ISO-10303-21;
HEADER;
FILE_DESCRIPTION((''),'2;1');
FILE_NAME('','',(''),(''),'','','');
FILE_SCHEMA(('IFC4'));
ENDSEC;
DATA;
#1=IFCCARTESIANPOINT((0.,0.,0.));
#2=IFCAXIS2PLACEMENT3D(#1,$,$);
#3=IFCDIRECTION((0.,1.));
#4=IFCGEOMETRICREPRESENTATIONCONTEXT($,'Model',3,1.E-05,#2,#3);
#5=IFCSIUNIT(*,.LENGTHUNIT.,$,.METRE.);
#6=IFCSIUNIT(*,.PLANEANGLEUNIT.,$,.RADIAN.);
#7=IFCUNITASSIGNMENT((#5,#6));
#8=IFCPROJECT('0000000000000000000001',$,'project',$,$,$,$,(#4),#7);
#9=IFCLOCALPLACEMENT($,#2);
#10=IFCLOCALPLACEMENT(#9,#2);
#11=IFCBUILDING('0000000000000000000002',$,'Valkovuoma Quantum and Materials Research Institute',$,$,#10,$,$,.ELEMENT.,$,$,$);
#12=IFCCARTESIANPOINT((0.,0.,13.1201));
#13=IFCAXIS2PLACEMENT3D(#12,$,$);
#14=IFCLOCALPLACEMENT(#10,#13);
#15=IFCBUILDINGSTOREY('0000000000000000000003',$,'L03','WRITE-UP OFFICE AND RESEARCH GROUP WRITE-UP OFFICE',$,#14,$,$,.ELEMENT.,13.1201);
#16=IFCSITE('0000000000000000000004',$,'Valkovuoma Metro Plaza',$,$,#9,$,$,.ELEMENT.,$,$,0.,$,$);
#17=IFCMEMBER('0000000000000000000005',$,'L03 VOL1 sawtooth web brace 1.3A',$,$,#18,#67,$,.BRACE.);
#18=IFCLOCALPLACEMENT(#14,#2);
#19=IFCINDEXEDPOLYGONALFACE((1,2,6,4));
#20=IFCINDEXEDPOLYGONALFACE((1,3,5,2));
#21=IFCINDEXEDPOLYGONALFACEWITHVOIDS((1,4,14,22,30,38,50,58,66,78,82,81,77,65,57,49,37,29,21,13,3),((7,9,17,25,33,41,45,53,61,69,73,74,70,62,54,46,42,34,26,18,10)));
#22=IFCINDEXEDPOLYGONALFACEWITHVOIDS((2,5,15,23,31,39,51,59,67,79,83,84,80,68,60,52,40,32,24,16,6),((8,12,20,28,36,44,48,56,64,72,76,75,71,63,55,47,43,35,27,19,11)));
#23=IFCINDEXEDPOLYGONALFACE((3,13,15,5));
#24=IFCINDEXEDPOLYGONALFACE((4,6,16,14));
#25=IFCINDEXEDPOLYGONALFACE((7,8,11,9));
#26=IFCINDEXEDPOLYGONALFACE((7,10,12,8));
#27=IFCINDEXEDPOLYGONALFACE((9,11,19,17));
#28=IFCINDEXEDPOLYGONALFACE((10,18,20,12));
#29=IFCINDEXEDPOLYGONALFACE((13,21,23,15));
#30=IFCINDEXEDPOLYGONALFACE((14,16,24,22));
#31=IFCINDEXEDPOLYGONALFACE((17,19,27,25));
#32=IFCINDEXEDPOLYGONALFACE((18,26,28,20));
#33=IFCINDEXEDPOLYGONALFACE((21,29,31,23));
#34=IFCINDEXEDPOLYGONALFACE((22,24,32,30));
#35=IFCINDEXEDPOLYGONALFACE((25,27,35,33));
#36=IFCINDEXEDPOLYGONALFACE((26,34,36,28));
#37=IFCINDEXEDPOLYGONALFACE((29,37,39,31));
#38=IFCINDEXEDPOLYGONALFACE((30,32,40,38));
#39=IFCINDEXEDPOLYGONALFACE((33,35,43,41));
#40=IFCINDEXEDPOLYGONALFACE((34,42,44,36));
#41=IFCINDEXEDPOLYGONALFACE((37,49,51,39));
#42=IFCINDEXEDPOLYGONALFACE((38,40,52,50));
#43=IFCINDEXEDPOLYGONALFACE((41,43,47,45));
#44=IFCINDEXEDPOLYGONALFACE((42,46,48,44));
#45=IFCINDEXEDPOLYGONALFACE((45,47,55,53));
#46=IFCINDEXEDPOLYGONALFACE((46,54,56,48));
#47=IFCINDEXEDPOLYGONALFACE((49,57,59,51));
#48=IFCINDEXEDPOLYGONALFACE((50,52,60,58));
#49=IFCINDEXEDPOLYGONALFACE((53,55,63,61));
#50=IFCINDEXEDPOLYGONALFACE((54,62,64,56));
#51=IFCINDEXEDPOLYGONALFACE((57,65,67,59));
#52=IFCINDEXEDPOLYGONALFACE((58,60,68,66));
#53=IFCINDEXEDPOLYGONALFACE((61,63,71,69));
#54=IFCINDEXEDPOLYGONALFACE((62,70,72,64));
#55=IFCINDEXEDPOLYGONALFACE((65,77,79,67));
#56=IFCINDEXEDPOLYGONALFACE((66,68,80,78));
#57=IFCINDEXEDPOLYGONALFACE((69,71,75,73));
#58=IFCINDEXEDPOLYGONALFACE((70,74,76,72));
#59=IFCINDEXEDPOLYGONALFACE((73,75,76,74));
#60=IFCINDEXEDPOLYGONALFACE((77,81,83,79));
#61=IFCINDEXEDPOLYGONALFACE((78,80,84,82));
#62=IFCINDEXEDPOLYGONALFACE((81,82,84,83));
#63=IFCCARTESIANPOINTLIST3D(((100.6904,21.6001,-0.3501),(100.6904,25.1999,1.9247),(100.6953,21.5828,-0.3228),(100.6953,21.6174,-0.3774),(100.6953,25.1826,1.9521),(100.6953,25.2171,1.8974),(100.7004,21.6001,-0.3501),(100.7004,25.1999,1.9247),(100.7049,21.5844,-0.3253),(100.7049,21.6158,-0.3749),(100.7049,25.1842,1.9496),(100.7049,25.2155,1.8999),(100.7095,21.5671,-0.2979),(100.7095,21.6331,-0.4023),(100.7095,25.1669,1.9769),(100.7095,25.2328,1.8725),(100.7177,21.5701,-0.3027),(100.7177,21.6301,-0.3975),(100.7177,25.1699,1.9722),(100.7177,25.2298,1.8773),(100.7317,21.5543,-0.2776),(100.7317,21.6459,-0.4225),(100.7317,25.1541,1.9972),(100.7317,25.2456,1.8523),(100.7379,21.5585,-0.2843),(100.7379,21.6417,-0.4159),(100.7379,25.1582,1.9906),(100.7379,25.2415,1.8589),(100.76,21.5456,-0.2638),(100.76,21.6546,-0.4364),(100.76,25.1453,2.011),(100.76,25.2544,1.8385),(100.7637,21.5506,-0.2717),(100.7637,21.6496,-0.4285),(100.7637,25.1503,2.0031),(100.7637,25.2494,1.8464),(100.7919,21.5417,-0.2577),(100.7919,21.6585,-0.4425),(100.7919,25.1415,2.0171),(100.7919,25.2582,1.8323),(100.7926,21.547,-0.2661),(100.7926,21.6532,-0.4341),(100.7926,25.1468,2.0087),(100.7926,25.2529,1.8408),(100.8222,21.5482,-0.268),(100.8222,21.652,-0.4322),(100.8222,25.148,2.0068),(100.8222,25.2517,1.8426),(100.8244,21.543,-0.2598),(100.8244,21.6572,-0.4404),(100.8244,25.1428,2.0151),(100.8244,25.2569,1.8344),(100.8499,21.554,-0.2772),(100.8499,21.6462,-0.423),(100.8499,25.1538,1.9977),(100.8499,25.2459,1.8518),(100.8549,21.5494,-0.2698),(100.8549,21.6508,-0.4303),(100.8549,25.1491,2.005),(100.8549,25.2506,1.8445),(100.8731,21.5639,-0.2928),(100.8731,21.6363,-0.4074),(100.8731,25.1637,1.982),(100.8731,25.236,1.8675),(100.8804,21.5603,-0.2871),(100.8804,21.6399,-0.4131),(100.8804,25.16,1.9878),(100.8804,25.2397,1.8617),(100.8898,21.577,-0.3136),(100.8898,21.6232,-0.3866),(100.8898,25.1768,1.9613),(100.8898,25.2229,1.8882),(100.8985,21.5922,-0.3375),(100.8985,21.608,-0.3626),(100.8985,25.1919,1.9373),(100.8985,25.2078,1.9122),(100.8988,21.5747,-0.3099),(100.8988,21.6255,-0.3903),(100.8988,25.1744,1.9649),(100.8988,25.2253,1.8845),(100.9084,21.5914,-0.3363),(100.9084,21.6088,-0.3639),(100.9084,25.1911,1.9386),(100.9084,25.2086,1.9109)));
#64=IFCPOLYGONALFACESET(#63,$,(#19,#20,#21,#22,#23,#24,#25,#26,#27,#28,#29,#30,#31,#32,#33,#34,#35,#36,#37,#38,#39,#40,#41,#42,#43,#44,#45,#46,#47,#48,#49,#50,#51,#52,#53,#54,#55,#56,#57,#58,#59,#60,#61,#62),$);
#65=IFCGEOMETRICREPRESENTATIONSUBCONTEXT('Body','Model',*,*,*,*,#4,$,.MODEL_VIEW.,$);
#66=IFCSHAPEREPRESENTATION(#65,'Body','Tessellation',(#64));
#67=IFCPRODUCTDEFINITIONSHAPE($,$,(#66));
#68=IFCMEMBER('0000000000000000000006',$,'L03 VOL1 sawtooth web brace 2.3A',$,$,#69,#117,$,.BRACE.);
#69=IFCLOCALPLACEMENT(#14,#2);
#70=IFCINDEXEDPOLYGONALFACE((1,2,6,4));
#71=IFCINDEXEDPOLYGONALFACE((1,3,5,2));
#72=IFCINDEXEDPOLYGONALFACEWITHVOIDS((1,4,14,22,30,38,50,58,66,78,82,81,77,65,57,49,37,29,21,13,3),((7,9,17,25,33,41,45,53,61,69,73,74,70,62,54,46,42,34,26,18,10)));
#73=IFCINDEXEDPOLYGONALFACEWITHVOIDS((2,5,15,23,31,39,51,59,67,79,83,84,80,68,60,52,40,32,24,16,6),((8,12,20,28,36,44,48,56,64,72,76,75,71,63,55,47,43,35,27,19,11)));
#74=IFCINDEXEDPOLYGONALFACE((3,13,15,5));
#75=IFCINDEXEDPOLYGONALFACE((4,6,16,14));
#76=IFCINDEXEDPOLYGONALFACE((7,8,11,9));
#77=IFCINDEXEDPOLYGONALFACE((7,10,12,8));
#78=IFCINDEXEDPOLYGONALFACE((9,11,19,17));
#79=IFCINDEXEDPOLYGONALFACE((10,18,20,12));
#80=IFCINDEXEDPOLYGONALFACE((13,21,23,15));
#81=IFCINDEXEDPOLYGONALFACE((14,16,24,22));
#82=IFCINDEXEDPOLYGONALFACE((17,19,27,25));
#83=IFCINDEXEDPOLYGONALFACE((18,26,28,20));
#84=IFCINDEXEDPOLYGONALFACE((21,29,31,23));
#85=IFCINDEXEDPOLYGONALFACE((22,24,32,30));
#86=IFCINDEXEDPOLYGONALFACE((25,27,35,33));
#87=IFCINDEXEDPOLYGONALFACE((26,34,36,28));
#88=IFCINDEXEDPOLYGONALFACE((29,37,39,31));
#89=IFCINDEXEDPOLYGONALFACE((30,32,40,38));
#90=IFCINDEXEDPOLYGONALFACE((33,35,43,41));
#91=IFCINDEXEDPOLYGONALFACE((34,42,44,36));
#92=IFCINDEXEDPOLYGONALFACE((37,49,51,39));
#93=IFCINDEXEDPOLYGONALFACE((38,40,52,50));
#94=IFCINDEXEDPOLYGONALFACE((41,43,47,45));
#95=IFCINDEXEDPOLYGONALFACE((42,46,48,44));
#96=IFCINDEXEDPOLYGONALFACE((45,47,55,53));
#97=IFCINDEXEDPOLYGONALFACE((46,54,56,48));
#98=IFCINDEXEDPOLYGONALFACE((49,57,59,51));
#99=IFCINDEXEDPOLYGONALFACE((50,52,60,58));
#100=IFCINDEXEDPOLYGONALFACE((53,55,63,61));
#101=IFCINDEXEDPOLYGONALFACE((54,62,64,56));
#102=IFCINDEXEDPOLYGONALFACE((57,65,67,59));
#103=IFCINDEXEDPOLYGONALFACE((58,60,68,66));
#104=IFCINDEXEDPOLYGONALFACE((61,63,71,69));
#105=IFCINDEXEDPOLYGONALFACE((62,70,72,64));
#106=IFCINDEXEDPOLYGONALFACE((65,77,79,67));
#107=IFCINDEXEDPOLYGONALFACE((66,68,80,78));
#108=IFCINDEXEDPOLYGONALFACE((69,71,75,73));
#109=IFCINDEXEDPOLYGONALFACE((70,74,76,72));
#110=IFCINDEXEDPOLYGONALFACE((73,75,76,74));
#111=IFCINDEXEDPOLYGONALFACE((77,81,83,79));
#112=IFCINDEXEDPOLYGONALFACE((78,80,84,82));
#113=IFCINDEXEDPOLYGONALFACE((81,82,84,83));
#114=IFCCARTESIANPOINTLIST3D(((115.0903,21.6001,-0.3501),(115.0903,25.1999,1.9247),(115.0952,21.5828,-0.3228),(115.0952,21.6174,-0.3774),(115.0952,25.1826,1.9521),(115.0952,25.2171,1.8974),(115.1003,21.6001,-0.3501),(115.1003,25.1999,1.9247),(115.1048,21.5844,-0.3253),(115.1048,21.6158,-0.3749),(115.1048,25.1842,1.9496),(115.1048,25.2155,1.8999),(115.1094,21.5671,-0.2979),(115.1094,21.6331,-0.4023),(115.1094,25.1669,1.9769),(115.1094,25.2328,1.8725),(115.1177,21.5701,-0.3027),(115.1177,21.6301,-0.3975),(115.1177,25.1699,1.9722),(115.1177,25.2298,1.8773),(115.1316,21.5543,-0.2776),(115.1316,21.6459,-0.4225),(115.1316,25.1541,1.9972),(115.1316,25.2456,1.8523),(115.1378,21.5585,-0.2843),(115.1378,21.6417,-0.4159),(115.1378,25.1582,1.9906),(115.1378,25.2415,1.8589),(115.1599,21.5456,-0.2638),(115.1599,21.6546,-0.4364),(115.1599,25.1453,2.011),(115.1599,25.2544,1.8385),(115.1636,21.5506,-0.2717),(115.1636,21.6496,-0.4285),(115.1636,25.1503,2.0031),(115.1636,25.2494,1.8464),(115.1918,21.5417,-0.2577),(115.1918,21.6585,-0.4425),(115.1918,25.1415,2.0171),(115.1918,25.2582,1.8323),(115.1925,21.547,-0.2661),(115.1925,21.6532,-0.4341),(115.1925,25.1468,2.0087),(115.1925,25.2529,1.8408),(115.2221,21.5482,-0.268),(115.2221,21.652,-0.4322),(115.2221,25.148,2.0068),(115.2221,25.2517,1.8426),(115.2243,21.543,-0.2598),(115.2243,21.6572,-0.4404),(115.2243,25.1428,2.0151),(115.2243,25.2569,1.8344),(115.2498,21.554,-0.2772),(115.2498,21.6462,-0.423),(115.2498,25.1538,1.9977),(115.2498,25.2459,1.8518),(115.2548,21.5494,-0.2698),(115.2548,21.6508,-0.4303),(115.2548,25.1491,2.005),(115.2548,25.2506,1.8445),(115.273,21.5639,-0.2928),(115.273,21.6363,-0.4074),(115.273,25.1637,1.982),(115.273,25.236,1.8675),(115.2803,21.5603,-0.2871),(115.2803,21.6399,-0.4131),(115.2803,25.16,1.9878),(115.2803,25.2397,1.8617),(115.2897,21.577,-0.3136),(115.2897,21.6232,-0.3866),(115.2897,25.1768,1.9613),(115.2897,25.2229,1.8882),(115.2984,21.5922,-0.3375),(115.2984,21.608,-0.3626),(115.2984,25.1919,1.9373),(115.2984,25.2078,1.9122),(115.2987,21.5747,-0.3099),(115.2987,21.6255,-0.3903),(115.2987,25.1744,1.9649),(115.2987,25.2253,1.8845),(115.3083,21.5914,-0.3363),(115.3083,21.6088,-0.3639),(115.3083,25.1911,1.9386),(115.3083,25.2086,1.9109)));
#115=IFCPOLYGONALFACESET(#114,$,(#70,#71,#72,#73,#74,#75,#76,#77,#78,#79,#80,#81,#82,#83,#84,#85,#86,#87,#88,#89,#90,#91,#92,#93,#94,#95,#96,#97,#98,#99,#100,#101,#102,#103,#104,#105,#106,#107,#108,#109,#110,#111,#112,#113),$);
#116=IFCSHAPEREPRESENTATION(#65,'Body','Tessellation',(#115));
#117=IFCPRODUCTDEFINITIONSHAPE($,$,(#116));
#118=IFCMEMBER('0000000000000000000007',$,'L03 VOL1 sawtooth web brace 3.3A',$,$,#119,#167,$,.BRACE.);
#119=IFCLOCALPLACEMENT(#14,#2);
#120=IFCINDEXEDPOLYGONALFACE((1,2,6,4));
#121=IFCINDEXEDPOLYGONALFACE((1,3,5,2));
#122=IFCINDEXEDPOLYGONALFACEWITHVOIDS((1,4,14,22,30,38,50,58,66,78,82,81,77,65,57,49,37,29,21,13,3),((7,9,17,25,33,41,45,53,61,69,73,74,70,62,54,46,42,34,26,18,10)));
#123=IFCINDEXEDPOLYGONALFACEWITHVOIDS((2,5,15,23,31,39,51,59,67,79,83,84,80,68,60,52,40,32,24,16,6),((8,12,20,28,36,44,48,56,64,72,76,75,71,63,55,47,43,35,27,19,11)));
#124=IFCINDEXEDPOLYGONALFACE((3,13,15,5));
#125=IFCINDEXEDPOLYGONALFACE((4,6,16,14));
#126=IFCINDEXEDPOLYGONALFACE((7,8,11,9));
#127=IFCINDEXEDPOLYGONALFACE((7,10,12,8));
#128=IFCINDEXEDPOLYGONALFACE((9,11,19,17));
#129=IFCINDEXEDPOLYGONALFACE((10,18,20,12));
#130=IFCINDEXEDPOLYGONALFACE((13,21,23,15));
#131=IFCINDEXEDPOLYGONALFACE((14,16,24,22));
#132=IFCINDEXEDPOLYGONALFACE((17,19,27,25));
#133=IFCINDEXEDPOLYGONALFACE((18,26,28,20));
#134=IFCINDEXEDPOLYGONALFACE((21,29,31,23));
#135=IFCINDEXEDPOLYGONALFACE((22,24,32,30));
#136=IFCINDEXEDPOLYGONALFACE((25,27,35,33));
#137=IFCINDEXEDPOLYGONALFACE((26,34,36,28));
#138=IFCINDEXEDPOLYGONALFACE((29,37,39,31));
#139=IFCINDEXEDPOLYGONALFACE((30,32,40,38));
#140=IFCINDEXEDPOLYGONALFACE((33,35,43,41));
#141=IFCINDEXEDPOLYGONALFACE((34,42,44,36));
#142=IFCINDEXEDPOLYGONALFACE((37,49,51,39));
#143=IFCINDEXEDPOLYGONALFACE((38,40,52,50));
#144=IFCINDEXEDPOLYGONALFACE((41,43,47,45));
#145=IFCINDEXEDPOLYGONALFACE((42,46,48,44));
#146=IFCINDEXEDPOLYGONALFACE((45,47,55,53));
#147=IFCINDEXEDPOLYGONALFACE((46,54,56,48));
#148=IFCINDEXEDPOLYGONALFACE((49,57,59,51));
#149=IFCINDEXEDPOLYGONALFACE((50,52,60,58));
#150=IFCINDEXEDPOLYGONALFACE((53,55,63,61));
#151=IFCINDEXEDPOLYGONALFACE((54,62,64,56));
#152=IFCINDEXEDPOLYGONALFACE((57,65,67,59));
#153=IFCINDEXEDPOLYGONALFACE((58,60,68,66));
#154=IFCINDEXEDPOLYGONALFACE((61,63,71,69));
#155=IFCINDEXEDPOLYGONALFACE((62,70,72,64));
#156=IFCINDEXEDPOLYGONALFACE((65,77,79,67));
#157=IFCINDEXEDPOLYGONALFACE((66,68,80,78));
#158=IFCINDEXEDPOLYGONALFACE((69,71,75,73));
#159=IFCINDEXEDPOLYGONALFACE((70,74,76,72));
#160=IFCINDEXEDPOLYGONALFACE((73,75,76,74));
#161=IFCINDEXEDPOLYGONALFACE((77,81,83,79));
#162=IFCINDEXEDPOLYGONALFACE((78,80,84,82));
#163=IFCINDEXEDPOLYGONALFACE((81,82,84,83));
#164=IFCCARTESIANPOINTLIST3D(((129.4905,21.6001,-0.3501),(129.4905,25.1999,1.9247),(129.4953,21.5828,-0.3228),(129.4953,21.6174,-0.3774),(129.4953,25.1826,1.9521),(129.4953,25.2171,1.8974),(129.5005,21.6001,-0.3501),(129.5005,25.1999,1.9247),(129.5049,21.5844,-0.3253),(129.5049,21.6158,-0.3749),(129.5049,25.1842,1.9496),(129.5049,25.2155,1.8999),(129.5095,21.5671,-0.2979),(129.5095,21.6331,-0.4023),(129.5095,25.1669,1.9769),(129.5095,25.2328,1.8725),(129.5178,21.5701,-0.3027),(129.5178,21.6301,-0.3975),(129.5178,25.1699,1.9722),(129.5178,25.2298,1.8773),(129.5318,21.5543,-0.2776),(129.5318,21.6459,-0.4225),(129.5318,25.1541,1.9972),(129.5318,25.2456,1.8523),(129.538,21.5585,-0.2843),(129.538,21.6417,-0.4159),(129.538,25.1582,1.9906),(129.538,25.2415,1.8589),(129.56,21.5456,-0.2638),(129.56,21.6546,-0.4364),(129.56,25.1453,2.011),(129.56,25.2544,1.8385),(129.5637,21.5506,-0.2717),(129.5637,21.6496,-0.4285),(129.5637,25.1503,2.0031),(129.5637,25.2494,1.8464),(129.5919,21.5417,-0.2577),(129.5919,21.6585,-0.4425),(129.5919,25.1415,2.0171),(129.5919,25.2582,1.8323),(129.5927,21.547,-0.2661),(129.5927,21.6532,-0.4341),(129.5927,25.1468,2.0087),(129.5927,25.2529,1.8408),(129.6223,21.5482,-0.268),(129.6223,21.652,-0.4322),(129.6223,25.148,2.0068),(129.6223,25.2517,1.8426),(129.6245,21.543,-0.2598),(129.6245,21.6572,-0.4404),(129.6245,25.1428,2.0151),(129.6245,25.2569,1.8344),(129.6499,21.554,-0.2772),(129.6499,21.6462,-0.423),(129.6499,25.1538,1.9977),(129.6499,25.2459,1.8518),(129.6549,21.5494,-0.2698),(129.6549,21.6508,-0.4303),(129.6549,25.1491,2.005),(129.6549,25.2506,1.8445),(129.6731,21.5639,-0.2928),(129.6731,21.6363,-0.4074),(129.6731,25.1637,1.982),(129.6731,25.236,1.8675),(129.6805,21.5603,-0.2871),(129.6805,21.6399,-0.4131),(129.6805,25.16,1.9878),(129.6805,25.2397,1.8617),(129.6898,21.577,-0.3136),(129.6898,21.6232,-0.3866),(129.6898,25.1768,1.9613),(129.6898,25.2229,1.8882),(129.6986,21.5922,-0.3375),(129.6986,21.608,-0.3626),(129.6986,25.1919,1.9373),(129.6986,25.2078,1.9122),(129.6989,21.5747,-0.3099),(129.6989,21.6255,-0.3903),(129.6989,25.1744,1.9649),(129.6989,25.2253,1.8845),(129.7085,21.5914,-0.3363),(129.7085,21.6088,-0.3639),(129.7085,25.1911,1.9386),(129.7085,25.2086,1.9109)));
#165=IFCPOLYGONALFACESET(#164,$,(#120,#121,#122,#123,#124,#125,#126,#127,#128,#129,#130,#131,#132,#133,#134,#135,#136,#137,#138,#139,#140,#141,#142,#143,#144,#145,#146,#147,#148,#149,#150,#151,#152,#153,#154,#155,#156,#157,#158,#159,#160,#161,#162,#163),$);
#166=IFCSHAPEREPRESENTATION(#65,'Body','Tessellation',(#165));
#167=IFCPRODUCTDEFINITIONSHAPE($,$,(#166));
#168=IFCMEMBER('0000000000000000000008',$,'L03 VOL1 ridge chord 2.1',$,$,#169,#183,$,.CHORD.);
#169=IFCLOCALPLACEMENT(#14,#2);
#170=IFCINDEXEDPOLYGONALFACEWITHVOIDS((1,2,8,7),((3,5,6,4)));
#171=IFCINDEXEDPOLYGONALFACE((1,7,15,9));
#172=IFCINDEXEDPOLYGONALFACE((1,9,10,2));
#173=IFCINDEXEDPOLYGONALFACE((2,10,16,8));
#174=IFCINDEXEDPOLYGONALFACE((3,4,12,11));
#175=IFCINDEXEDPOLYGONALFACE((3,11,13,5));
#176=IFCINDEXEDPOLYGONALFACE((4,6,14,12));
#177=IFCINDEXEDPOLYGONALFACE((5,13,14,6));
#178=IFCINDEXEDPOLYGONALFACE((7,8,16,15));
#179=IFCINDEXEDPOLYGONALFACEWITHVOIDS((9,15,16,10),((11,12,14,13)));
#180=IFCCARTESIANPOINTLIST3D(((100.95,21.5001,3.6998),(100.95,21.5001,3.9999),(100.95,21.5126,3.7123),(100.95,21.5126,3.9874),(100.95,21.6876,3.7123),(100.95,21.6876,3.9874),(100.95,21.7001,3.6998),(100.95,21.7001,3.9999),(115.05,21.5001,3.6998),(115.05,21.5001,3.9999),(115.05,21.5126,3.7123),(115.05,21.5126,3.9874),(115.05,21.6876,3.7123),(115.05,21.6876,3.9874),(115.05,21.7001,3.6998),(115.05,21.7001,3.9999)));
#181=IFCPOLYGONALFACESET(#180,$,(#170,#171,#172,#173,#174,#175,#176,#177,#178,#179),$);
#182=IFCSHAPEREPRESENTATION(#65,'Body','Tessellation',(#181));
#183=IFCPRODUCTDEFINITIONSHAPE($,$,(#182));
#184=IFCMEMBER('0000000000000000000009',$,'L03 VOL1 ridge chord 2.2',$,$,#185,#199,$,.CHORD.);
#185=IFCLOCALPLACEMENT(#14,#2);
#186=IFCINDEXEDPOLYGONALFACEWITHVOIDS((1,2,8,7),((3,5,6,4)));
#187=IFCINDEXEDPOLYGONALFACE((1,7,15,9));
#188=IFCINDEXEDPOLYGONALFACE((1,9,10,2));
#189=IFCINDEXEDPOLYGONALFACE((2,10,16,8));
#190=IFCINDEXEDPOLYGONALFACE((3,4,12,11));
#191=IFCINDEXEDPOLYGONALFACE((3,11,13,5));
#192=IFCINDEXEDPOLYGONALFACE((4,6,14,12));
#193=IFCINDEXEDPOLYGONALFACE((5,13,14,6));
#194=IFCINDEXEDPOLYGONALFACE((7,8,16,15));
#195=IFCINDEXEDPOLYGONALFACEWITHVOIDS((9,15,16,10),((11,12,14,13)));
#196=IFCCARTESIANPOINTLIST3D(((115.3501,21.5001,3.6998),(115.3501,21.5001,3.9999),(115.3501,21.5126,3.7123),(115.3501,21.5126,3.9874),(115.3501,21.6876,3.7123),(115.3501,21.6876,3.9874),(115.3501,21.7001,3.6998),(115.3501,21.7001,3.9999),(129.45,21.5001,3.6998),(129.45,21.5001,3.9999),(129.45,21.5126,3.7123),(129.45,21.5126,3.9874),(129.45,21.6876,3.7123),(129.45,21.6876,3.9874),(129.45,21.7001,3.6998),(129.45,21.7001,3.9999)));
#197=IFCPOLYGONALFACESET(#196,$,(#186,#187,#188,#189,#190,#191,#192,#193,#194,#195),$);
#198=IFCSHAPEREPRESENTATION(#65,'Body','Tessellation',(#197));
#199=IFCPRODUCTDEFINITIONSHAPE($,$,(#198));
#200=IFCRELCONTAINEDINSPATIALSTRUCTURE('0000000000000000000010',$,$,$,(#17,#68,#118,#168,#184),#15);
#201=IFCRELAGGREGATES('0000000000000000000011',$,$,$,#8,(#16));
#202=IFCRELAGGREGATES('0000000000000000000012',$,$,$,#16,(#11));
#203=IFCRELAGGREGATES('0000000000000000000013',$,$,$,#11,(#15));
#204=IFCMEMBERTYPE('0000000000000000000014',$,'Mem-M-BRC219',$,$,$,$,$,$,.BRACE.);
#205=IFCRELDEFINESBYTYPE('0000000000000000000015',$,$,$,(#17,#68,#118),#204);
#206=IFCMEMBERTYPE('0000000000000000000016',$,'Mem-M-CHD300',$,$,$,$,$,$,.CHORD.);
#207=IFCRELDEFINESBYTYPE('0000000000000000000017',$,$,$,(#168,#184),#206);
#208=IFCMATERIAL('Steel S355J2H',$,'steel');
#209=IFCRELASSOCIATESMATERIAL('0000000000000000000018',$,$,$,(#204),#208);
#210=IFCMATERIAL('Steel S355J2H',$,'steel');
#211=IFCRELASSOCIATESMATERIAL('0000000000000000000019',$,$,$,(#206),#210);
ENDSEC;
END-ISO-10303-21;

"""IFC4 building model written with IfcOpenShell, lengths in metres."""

from ifc_helpers import new_model, si_unit, direction, frame, origin, origin_2d, place, context, subcontext, project, spatial, hollow_rectangle, hollow_circle, extrude, material, material_profile, profile_set, type_object, element, save


model = new_model("IFC4")

# Units and contexts
model_context = context("Model", 3, precision=1e-05, world=origin(), true_north=direction((0.0, 1.0)))
body_context = subcontext(model_context, "Body", "Model", "MODEL_VIEW")
ifc_project = project(units=[si_unit("LENGTHUNIT", "METRE"), si_unit("PLANEANGLEUNIT", "RADIAN")], contexts=[model_context])

# Site, building, storey
site_placement = place(None, origin())
site = spatial("IfcSite", under=ifc_project, at=site_placement, Name="Valkovuoma Metro Plaza", CompositionType="ELEMENT", RefElevation=0.0)
building_placement = place(site_placement, origin())
building = spatial("IfcBuilding", under=site, at=building_placement, Name="Valkovuoma Quantum and Materials Research Institute", CompositionType="ELEMENT")
storey_placement = place(building_placement, frame((0.0, 0.0, 13.1201)))
storey = spatial("IfcBuildingStorey", under=building, at=storey_placement, Name="L03", Description="WRITE-UP OFFICE AND RESEARCH GROUP WRITE-UP OFFICE", CompositionType="ELEMENT", Elevation=13.1201)

# Members
ifc_material_1 = material(Name="Steel S355J2H", Category="steel")
ifc_material_profile_1 = material_profile(ifc_material_1, hollow_circle(Radius=0.1096, WallThickness=0.01, at=origin_2d()), Name="Steel S355J2H")
ifc_profile_set_1 = profile_set([ifc_material_profile_1], Name="Steel S355J2H")
member_type_1 = type_object("IfcMemberType", Name="Mem-M-BRC219", PredefinedType="BRACE", material=ifc_profile_set_1)
for number, where, z_axis, x_axis, name in (
    (1, (100.8, 21.6001, -0.3501), (0.0, 0.84535, 0.534213), (-1.0, 0.0, 0.0), "L03 VOL1 sawtooth web brace 1.3A"),
    (2, (115.2, 21.6001, -0.3501), (0.0, 0.84535, 0.534213), (-1.0, 0.0, 0.0), "L03 VOL1 sawtooth web brace 2.3A"),
    (3, (129.6001, 21.6001, -0.3501), (0.0, 0.84535, 0.534213), (-1.0, 0.0, 0.0), "L03 VOL1 sawtooth web brace 3.3A"),
):
    element("IfcMember", number, at=place(storey_placement, frame(where, z_axis=z_axis, x_axis=x_axis)), inside=storey, type_object=member_type_1, Name=name, PredefinedType="BRACE", context=body_context, shape_type="SweptSolid", body=[
        extrude(hollow_circle(Radius=0.1096, WallThickness=0.01, at=origin_2d()), origin(), (0.0, 0.0, 1.0), 4.2583),
    ])
ifc_material_2 = material(Name="Steel S355J2H", Category="steel")
ifc_material_profile_2 = material_profile(ifc_material_2, hollow_rectangle(XDim=0.2, YDim=0.3, WallThickness=0.0125, at=origin_2d()), Name="Steel S355J2H")
ifc_profile_set_2 = profile_set([ifc_material_profile_2], Name="Steel S355J2H")
member_type_2 = type_object("IfcMemberType", Name="Mem-M-CHD300", PredefinedType="CHORD", material=ifc_profile_set_2)
member_1_placement = place(storey_placement, frame((100.95, 21.6001, 3.8499), z_axis=(1.0, 0.0, 0.0), x_axis=(0.0, 1.0, 0.0)))
element("IfcMember", 4, at=member_1_placement, inside=storey, type_object=member_type_2, Name="L03 VOL1 ridge chord 2.1", PredefinedType="CHORD", context=body_context, shape_type="SweptSolid", body=[
    extrude(hollow_rectangle(XDim=0.2, YDim=0.3, WallThickness=0.0125, at=origin_2d()), origin(), (0.0, 0.0, 1.0), 14.1001),
])
member_2_placement = place(storey_placement, frame((115.3501, 21.6001, 3.8499), z_axis=(1.0, 0.0, 0.0), x_axis=(0.0, 1.0, 0.0)))
element("IfcMember", 5, at=member_2_placement, inside=storey, type_object=member_type_2, Name="L03 VOL1 ridge chord 2.2", PredefinedType="CHORD", context=body_context, shape_type="SweptSolid", body=[
    extrude(hollow_rectangle(XDim=0.2, YDim=0.3, WallThickness=0.0125, at=origin_2d()), origin(), (0.0, 0.0, 1.0), 14.0999),
])

save(model, "model.ifc")
